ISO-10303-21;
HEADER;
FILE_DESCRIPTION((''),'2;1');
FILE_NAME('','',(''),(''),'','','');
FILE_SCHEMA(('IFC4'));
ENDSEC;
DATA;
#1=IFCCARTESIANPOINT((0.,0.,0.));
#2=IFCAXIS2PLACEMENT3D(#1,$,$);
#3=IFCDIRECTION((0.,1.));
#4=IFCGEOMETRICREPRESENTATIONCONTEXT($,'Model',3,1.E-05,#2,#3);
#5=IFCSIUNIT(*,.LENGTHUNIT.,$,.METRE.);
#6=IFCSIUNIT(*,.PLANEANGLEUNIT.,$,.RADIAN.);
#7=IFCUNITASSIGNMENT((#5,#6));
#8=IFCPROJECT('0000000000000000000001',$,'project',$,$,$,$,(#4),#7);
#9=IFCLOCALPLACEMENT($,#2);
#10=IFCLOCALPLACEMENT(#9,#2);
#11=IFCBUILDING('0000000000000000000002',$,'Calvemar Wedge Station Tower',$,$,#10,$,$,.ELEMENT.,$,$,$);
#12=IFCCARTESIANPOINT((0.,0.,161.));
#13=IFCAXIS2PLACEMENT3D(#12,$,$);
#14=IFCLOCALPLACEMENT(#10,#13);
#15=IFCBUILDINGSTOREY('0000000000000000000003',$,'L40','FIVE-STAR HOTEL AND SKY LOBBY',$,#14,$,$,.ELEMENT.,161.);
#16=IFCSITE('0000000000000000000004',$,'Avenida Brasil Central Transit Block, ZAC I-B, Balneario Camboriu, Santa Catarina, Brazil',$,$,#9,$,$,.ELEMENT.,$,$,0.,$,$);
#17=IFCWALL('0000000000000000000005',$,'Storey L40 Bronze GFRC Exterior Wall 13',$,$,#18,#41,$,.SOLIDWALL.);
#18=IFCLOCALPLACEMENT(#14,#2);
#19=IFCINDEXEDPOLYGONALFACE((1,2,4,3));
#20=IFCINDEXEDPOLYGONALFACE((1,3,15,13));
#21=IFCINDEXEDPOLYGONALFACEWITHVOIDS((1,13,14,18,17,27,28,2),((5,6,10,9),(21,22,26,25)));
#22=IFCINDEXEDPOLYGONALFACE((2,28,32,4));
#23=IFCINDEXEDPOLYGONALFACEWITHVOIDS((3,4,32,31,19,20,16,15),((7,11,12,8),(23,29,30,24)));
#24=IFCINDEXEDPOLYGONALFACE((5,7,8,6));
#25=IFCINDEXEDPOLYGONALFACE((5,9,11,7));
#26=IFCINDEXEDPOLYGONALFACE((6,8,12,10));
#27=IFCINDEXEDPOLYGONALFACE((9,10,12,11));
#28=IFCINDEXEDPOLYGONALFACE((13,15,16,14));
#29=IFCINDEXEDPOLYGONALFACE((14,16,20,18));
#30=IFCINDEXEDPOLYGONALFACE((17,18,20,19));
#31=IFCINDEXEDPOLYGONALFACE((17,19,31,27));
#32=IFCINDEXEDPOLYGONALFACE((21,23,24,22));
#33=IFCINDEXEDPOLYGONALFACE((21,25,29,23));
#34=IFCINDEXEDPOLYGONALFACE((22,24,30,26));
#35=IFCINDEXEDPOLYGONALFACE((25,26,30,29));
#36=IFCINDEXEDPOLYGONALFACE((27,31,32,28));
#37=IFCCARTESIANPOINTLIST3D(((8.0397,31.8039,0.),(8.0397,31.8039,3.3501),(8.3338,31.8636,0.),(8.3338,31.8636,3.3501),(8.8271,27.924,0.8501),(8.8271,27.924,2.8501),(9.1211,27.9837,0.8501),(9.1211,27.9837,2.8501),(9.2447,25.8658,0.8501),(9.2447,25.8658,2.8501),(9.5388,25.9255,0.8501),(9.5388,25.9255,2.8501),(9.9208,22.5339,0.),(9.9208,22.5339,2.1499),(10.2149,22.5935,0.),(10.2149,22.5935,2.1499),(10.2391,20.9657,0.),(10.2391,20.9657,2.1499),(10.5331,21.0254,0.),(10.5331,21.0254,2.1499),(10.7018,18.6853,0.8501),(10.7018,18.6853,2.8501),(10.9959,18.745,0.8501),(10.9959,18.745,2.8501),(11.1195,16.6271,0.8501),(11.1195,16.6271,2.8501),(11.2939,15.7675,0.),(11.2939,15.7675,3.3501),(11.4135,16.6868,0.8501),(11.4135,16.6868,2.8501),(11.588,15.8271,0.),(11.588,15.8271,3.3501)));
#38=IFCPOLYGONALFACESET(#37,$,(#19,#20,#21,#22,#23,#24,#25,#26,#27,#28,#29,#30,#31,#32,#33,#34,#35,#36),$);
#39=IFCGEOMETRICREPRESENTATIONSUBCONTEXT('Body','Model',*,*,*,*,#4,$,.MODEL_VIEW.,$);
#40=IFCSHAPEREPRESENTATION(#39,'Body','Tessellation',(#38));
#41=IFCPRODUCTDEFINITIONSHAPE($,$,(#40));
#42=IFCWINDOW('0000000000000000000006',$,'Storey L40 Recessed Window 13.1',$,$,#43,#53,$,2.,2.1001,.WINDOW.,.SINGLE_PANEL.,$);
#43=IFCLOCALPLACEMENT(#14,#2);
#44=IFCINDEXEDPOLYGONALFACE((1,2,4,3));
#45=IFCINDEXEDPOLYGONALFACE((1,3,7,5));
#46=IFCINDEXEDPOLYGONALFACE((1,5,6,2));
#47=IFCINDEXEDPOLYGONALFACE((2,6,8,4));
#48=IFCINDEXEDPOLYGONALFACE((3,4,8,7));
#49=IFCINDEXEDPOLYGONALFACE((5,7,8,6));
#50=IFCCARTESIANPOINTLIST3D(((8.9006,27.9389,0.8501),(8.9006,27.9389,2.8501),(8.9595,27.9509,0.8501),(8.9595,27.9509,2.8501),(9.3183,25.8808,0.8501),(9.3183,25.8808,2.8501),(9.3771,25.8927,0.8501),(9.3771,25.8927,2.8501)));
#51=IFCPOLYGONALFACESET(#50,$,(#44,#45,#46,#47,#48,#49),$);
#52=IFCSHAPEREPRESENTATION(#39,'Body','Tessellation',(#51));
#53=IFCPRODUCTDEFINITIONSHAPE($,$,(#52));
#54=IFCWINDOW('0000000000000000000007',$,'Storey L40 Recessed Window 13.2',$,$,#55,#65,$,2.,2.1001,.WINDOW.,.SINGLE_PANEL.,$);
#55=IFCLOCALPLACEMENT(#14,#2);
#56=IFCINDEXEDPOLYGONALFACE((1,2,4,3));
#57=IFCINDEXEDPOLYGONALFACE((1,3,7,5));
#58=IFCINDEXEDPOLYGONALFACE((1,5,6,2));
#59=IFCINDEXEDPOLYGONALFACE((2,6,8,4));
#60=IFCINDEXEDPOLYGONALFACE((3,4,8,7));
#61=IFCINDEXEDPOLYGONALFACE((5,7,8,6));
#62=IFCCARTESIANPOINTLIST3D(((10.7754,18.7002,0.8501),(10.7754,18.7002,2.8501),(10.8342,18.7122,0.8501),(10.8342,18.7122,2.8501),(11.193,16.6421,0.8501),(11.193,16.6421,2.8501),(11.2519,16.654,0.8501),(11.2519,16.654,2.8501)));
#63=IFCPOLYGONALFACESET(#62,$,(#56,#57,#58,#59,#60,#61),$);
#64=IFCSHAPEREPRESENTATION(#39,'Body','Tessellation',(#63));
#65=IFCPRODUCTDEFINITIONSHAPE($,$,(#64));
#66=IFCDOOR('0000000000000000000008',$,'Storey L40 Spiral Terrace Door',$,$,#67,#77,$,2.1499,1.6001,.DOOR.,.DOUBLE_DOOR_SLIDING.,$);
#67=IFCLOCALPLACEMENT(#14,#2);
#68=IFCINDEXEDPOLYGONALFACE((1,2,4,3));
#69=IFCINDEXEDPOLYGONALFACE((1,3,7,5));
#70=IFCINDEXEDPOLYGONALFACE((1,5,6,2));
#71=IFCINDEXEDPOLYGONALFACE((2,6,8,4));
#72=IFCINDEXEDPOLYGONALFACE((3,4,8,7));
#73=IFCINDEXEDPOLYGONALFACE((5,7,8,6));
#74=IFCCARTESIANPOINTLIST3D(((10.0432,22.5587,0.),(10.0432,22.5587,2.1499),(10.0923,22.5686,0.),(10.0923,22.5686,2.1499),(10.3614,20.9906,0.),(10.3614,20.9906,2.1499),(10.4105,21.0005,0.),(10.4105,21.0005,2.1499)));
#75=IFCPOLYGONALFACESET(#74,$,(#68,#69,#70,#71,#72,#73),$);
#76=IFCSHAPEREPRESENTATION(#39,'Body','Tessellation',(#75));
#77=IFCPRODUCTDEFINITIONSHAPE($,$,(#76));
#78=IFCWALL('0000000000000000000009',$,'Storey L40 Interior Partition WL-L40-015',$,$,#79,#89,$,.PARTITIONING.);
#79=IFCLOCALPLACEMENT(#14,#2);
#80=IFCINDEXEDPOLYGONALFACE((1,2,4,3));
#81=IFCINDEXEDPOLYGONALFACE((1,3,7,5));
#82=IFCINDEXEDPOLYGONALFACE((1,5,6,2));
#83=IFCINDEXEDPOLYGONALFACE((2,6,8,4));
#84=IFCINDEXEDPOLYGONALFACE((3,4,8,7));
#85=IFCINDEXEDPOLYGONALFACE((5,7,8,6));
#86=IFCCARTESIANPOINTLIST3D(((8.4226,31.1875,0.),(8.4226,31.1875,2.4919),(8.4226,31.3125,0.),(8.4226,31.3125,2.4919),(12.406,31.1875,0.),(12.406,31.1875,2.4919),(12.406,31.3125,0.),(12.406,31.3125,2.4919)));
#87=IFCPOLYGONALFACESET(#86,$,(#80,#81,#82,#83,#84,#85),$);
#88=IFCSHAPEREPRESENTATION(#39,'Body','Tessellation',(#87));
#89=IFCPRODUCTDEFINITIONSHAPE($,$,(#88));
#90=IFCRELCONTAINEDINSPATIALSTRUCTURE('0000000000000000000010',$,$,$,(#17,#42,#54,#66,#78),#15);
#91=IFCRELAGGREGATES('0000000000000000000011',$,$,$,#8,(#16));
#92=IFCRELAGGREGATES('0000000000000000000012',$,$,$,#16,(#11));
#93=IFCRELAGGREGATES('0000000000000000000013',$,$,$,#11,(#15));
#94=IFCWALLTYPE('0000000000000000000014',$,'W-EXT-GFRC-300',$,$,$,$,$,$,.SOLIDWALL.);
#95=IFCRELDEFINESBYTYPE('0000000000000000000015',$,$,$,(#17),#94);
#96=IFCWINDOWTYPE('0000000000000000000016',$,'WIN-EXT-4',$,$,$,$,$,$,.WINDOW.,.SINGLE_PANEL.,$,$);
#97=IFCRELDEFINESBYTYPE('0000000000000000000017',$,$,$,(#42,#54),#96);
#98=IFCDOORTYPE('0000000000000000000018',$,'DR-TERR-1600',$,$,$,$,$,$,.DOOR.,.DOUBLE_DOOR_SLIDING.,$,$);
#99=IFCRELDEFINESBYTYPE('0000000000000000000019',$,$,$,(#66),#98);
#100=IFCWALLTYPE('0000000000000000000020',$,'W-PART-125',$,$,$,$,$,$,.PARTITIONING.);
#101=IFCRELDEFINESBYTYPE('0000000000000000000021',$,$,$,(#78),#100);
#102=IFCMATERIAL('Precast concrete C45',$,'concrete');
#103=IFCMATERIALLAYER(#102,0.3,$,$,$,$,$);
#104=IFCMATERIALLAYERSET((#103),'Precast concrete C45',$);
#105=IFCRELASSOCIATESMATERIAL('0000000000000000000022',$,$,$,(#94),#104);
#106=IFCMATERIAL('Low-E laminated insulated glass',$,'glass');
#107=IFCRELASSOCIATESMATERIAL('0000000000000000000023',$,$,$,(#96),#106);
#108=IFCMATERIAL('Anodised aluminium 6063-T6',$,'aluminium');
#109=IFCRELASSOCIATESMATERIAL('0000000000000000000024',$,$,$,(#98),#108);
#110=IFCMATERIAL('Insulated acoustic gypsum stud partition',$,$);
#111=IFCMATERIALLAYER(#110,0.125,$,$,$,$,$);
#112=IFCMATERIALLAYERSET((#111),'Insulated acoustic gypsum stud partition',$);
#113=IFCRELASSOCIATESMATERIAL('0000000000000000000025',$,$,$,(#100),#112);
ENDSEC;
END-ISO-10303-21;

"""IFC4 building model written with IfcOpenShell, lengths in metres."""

from ifc_helpers import new_model, si_unit, direction, frame, frame_2d, origin, place, context, subcontext, project, spatial, rectangle, extrude, source, transform, mapped, material, layer, layer_set, type_object, element, fill, save


model = new_model("IFC4")

# Units and contexts
model_context = context("Model", 3, precision=1e-05, world=origin(), true_north=direction((0.0, 1.0)))
body_context = subcontext(model_context, "Body", "Model", "MODEL_VIEW")
ifc_project = project(units=[si_unit("LENGTHUNIT", "METRE"), si_unit("PLANEANGLEUNIT", "RADIAN")], contexts=[model_context])

# Site, building, storey
site_placement = place(None, origin())
site = spatial("IfcSite", under=ifc_project, at=site_placement, Name="Avenida Brasil Central Transit Block, ZAC I-B, Balneario Camboriu, Santa Catarina, Brazil", CompositionType="ELEMENT", RefElevation=0.0)
building_placement = place(site_placement, origin())
building = spatial("IfcBuilding", under=site, at=building_placement, Name="Calvemar Wedge Station Tower", CompositionType="ELEMENT")
storey_placement = place(building_placement, frame((0.0, 0.0, 161.0)))
storey = spatial("IfcBuildingStorey", under=building, at=storey_placement, Name="L40", Description="FIVE-STAR HOTEL AND SKY LOBBY", CompositionType="ELEMENT", Elevation=161.0)

# Shared definitions
ifc_material_1 = material(Name="Anodised aluminium 6063-T6", Category="aluminium")

# Shared definitions
ifc_material_2 = material(Name="Precast concrete C45", Category="concrete")

# Wall, openings, windows, door
ifc_layer_1 = layer(ifc_material_2, 0.3)
ifc_layer_set_1 = layer_set([ifc_layer_1], Name="Precast concrete C45")
wall_type_1 = type_object("IfcWallType", Name="W-EXT-GFRC-300", PredefinedType="SOLIDWALL", material=ifc_layer_set_1)
wall_1_placement = place(storey_placement, frame((8.1868, 31.8337, 0.0), z_axis=(0.0, 0.0, 1.0), x_axis=(0.19887, -0.980026, 0.0)))
wall_1 = element("IfcWall", 1, at=wall_1_placement, inside=storey, type_object=wall_type_1, Name="Storey L40 Bronze GFRC Exterior Wall 13", PredefinedType="SOLIDWALL", context=body_context, shape_type="SweptSolid", body=[
    extrude(rectangle(XDim=16.3633, YDim=0.3, at=frame_2d((8.1816, 0.0))), origin(), (0.0, 0.0, 1.0), 3.3501),
])
shared_shape_1 = source(origin(), body_context, "Body", "SweptSolid", [
    extrude(rectangle(XDim=1.6001, YDim=2.1499, at=frame_2d((0.8, 1.075))), frame((0.0, 0.1602, 0.0), z_axis=(0.0, -1.0, 0.0), x_axis=(1.0, 0.0, 0.0)), (0.0, 0.0, 1.0), 0.3201),
])
opening_1_placement = place(wall_1_placement, frame((9.459, 0.0, 0.0)))
opening_1 = element("IfcOpeningElement", 2, at=opening_1_placement, cuts=wall_1, PredefinedType="OPENING", context=body_context, shape_type="MappedRepresentation", body=[
    mapped(shared_shape_1, transform((0.0, 0.0, 0.0), scale=1.0)),
])
shared_shape_2 = source(origin(), body_context, "Body", "SweptSolid", [
    extrude(rectangle(XDim=2.1001, YDim=2.0, at=frame_2d((1.05, 1.0))), frame((0.0, 0.1602, 0.0), z_axis=(0.0, -1.0, 0.0), x_axis=(1.0, 0.0, 0.0)), (0.0, 0.0, 1.0), 0.3201),
])
opening_2_placement = place(wall_1_placement, frame((3.959, 0.0, 0.8501)))
opening_2 = element("IfcOpeningElement", 3, at=opening_2_placement, cuts=wall_1, PredefinedType="OPENING", context=body_context, shape_type="MappedRepresentation", body=[
    mapped(shared_shape_2, transform((0.0, 0.0, 0.0), scale=1.0)),
])
opening_3_placement = place(wall_1_placement, frame((13.386, 0.0, 0.8501)))
opening_3 = element("IfcOpeningElement", 4, at=opening_3_placement, cuts=wall_1, PredefinedType="OPENING", context=body_context, shape_type="MappedRepresentation", body=[
    mapped(shared_shape_2, transform((0.0, 0.0, 0.0), scale=1.0)),
])
ifc_material_3 = material(Name="Low-E laminated insulated glass", Category="glass")
window_type = type_object("IfcWindowType", Name="WIN-EXT-4", PartitioningType="SINGLE_PANEL", PredefinedType="WINDOW", material=ifc_material_3)
shared_shape_3 = source(origin(), body_context, "Body", "SweptSolid", [
    extrude(rectangle(XDim=2.1001, YDim=2.0, at=frame_2d((1.05, 1.0))), frame((0.0, -0.0149, 0.0), z_axis=(0.0, -1.0, 0.0), x_axis=(1.0, 0.0, 0.0)), (0.0, 0.0, 1.0), 0.0601),
])
window_1_placement = place(opening_2_placement, origin())
window_1 = element("IfcWindow", 5, at=window_1_placement, inside=storey, type_object=window_type, Name="Storey L40 Recessed Window 13.1", OverallHeight=2.0, OverallWidth=2.1001, PartitioningType="SINGLE_PANEL", PredefinedType="WINDOW", context=body_context, shape_type="MappedRepresentation", body=[
    mapped(shared_shape_3, transform((0.0, 0.0, 0.0), scale=1.0)),
])
fill(opening_2, window_1)
window_2_placement = place(opening_3_placement, origin())
window_2 = element("IfcWindow", 6, at=window_2_placement, inside=storey, type_object=window_type, Name="Storey L40 Recessed Window 13.2", OverallHeight=2.0, OverallWidth=2.1001, PartitioningType="SINGLE_PANEL", PredefinedType="WINDOW", context=body_context, shape_type="MappedRepresentation", body=[
    mapped(shared_shape_3, transform((0.0, 0.0, 0.0), scale=1.0)),
])
fill(opening_3, window_2)
door_type_1 = type_object("IfcDoorType", Name="DR-TERR-1600", OperationType="DOUBLE_DOOR_SLIDING", PredefinedType="DOOR", material=ifc_material_1)
shared_shape_4 = source(origin(), body_context, "Body", "SweptSolid", [
    extrude(rectangle(XDim=1.6001, YDim=2.1499, at=frame_2d((0.8, 1.075))), frame((0.0, 0.0249, 0.0), z_axis=(0.0, -1.0, 0.0), x_axis=(1.0, 0.0, 0.0)), (0.0, 0.0, 1.0), 0.05),
])
door_1_placement = place(opening_1_placement, origin())
door_1 = element("IfcDoor", 7, at=door_1_placement, inside=storey, type_object=door_type_1, Name="Storey L40 Spiral Terrace Door", OperationType="DOUBLE_DOOR_SLIDING", OverallHeight=2.1499, OverallWidth=1.6001, PredefinedType="DOOR", context=body_context, shape_type="MappedRepresentation", body=[
    mapped(shared_shape_4, transform((0.0, 0.0, 0.0), scale=1.0)),
])
fill(opening_1, door_1)

# Wall
ifc_material_4 = material(Name="Insulated acoustic gypsum stud partition")
ifc_layer_2 = layer(ifc_material_4, 0.125)
ifc_layer_set_2 = layer_set([ifc_layer_2], Name="Insulated acoustic gypsum stud partition")
wall_type_2 = type_object("IfcWallType", Name="W-PART-125", PredefinedType="PARTITIONING", material=ifc_layer_set_2)
wall_2_placement = place(storey_placement, frame((12.406, 31.25, 0.0), z_axis=(0.0, 0.0, 1.0), x_axis=(-1.0, 0.0, 0.0)))
element("IfcWall", 8, at=wall_2_placement, inside=storey, type_object=wall_type_2, Name="Storey L40 Interior Partition WL-L40-015", PredefinedType="PARTITIONING", context=body_context, shape_type="SweptSolid", body=[
    extrude(rectangle(XDim=3.9834, YDim=0.125, at=frame_2d((1.9917, 0.0))), origin(), (0.0, 0.0, 1.0), 2.4919),
])

save(model, "model.ifc")
